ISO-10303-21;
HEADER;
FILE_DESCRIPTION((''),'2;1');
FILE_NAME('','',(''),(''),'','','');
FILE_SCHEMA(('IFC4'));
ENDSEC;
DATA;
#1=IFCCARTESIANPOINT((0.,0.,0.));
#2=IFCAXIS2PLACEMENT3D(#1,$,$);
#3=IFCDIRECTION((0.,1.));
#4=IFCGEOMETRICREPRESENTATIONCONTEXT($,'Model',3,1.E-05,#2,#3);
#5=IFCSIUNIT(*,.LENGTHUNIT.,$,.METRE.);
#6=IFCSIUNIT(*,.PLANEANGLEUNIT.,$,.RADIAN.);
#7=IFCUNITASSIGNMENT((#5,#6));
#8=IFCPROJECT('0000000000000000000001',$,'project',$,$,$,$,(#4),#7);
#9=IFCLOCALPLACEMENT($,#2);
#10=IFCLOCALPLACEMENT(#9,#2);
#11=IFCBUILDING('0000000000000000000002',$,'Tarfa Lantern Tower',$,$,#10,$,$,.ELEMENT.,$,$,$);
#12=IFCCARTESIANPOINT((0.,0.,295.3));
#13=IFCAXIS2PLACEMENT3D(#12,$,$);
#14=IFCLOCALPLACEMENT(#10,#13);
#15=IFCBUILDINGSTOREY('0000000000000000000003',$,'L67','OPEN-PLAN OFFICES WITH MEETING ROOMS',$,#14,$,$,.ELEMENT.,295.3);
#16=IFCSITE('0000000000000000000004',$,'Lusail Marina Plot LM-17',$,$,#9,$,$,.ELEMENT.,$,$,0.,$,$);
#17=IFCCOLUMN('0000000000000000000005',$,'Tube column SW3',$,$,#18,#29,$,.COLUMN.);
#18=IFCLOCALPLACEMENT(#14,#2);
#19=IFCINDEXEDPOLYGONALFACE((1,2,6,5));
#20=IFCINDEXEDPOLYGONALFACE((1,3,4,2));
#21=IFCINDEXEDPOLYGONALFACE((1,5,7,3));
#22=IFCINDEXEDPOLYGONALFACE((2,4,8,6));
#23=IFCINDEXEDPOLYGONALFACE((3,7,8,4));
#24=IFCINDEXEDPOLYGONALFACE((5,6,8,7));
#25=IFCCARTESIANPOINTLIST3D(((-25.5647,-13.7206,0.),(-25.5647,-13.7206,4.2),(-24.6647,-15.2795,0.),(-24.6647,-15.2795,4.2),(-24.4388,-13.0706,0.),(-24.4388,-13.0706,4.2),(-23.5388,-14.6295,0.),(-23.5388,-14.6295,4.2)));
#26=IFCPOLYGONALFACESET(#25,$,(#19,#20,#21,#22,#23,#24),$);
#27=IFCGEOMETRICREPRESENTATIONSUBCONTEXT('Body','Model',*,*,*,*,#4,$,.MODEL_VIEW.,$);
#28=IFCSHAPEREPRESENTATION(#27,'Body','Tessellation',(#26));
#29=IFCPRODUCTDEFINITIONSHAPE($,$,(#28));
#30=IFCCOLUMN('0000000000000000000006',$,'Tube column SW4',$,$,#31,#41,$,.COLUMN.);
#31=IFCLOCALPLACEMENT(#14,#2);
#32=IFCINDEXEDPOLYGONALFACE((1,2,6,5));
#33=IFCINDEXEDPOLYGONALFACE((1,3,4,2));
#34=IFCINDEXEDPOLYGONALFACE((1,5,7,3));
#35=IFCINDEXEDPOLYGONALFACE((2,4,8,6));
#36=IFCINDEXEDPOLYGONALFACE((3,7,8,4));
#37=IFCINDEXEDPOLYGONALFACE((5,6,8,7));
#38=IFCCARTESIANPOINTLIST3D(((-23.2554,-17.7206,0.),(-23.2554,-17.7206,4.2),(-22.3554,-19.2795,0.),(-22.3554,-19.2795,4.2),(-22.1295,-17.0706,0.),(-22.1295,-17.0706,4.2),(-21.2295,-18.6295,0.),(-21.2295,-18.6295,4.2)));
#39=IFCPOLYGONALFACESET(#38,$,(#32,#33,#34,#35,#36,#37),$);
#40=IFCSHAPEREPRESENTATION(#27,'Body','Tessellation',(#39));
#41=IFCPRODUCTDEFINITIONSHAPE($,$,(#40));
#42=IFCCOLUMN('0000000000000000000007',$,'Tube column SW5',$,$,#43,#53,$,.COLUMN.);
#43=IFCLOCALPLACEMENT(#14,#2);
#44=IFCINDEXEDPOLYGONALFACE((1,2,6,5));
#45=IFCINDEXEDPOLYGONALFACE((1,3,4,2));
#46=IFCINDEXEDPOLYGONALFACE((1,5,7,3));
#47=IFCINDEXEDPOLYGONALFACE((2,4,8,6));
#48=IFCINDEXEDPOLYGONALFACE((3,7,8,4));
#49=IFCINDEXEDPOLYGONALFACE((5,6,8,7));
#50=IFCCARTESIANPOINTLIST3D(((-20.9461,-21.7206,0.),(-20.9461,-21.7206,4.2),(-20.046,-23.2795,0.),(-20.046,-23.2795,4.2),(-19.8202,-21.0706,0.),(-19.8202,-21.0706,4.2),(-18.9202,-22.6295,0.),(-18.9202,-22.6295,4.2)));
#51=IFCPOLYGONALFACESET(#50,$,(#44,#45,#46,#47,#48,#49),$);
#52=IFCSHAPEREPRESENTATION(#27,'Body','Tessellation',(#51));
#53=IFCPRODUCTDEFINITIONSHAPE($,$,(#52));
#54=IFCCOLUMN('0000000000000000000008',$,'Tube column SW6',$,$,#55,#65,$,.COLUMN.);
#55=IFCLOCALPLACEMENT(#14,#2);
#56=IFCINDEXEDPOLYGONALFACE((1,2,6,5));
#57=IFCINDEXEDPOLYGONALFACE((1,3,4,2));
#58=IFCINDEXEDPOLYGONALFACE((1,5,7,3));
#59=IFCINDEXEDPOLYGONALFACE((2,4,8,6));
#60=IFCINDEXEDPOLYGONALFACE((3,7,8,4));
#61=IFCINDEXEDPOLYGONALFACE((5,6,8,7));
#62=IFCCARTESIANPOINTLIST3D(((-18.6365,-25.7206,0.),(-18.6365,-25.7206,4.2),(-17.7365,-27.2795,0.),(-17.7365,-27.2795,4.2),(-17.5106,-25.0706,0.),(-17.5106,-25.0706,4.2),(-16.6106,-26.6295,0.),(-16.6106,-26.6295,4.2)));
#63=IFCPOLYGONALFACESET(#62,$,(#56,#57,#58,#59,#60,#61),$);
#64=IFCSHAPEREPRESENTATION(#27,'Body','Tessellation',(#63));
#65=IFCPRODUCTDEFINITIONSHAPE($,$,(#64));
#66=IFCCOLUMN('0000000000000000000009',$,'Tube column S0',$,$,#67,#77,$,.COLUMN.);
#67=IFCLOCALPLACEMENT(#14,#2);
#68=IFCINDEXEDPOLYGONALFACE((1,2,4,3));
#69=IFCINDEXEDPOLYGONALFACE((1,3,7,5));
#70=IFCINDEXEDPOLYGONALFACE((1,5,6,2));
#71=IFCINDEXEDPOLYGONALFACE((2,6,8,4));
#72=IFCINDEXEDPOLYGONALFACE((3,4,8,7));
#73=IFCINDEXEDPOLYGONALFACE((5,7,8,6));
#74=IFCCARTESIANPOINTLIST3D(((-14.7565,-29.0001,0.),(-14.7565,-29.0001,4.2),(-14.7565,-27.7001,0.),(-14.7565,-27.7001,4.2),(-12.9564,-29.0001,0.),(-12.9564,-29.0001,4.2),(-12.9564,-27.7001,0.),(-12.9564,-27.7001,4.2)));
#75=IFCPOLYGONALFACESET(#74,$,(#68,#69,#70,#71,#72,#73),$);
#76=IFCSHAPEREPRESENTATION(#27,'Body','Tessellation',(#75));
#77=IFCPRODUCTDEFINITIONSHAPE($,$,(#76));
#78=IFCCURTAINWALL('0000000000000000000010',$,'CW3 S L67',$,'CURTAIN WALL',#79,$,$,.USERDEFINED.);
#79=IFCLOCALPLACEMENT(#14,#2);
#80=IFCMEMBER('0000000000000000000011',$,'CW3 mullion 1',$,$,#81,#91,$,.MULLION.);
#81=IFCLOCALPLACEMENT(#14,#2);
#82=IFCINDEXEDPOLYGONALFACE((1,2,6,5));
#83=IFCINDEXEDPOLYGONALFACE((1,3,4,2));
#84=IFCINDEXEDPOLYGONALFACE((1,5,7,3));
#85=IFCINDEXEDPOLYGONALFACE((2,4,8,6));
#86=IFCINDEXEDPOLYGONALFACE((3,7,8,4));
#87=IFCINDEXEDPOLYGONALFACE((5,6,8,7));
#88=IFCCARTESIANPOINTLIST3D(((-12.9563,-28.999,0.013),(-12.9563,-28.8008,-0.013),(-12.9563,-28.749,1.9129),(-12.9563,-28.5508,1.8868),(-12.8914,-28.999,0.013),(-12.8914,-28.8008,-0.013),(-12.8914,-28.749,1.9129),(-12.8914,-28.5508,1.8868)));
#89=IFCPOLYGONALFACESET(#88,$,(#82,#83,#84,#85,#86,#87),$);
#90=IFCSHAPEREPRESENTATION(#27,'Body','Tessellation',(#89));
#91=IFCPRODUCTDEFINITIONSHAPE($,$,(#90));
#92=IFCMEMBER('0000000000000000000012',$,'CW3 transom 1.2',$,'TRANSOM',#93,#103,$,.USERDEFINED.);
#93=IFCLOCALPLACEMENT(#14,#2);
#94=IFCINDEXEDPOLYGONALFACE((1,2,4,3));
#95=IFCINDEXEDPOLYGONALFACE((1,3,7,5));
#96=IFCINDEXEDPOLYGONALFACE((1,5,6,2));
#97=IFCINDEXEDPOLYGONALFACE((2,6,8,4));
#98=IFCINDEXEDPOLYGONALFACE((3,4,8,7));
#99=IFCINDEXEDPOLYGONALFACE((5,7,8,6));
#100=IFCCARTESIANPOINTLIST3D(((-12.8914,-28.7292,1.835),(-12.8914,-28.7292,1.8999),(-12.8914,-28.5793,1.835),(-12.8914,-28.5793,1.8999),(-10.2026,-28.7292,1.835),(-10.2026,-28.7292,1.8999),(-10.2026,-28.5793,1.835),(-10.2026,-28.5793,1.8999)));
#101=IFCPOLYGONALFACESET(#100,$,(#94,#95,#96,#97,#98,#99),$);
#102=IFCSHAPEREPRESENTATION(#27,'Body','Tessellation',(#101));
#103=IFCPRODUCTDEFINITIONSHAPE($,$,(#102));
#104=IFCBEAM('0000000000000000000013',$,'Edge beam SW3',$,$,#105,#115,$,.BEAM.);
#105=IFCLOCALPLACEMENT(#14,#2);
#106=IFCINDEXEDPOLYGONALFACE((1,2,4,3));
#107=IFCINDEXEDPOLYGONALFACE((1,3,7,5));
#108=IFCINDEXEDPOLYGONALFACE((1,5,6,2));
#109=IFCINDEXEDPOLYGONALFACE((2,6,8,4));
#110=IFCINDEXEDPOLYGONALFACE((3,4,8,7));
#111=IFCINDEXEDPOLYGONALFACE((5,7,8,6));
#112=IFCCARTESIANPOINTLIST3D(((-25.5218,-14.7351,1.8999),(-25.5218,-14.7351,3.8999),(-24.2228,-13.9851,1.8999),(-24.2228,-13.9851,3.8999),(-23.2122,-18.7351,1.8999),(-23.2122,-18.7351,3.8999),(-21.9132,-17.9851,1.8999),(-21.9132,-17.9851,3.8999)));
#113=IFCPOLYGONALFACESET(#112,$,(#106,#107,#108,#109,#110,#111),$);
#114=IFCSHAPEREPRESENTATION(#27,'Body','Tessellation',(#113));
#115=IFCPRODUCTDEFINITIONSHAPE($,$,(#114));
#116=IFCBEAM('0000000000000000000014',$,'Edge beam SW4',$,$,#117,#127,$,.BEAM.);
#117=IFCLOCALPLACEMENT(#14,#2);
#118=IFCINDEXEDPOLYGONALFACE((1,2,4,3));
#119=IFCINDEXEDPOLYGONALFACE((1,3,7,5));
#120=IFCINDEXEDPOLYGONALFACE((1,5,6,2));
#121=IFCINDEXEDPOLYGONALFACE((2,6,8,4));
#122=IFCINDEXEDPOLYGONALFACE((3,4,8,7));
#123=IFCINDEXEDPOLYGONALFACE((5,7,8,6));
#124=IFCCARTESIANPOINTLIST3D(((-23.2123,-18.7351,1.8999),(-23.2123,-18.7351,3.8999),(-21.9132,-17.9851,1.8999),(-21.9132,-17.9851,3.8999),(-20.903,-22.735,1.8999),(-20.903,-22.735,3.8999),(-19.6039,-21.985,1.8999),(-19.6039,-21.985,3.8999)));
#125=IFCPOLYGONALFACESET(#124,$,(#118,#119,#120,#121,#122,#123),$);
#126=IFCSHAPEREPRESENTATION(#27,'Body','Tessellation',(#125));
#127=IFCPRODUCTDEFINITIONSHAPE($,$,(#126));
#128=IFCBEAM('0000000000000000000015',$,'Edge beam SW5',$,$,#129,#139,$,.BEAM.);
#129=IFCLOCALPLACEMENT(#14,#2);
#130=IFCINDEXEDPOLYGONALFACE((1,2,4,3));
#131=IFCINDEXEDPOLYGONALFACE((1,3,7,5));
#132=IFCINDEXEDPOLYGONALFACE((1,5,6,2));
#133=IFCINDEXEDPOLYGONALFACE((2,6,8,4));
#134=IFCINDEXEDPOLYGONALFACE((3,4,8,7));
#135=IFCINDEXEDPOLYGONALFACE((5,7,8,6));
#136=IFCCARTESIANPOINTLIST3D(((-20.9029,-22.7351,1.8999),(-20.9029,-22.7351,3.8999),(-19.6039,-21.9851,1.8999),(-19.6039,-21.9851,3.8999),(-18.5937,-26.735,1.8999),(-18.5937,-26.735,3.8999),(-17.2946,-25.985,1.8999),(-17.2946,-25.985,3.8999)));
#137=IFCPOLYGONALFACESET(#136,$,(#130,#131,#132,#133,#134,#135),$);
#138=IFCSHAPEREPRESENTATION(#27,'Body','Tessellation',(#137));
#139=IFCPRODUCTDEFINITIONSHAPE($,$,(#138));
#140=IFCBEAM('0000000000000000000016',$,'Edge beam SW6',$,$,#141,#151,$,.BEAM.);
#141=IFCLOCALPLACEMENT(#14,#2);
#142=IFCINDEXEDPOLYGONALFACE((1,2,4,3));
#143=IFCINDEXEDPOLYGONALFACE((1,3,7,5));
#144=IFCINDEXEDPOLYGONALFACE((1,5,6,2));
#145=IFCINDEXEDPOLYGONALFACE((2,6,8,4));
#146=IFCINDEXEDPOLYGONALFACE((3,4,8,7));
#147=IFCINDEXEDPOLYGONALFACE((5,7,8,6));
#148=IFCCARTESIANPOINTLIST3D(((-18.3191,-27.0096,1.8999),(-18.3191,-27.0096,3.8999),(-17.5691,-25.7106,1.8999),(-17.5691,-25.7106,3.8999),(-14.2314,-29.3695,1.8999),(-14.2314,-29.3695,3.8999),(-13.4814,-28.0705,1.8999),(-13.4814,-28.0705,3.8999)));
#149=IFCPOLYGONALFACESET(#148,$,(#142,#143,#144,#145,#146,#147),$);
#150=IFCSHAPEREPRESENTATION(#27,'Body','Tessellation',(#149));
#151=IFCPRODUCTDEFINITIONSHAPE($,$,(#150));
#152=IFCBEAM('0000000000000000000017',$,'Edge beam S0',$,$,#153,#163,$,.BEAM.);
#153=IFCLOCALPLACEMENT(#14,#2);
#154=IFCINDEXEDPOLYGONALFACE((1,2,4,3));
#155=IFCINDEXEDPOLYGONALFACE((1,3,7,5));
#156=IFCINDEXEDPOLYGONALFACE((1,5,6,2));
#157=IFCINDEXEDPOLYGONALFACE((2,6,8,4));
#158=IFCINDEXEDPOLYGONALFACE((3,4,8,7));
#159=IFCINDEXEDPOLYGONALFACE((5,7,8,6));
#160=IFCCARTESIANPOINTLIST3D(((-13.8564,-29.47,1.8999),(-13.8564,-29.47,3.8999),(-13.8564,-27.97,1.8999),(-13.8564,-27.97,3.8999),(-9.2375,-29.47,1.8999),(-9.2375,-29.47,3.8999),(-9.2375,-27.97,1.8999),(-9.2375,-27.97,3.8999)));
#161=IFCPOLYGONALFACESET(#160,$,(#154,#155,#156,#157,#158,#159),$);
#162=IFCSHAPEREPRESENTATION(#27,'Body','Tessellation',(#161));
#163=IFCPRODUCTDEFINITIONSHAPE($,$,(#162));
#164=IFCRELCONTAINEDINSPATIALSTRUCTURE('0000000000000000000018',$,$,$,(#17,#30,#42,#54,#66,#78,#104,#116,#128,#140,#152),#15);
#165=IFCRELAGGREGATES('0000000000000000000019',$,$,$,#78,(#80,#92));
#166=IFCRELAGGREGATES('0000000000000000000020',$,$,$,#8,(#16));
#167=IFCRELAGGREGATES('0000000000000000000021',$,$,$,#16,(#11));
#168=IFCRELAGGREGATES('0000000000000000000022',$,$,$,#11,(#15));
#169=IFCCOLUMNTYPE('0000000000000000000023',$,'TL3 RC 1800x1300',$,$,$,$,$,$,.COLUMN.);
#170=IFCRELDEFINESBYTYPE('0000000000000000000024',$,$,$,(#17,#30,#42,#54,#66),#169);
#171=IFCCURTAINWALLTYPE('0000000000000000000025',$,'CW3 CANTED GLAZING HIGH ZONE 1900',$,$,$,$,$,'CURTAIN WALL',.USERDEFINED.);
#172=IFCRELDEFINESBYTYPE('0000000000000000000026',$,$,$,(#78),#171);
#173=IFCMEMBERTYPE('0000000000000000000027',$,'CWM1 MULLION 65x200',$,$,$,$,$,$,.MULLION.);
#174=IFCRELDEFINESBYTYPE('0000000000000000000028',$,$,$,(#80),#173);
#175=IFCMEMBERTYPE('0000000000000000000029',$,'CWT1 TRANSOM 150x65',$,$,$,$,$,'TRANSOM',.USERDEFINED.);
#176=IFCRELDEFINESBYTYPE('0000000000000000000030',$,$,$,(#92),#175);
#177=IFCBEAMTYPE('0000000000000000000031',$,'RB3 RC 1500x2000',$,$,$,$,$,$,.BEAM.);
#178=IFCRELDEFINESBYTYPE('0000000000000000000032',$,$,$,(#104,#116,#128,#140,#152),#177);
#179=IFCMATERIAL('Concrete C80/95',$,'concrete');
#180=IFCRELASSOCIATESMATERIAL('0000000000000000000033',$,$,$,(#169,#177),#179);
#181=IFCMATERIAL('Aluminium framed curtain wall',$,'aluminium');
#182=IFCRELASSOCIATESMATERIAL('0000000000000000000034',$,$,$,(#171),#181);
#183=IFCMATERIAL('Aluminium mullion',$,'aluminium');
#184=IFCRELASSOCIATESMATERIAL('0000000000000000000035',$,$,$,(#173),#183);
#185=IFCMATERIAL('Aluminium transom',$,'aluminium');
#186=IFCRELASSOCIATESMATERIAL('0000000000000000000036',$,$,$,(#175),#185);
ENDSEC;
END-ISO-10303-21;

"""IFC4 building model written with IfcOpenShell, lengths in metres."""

from ifc_helpers import new_model, si_unit, direction, frame, origin, origin_2d, place, context, subcontext, project, spatial, rectangle, extrude, material, material_profile, profile_set, type_object, element, aggregate, save


model = new_model("IFC4")

# Units and contexts
model_context = context("Model", 3, precision=1e-05, world=origin(), true_north=direction((0.0, 1.0)))
body_context = subcontext(model_context, "Body", "Model", "MODEL_VIEW")
ifc_project = project(units=[si_unit("LENGTHUNIT", "METRE"), si_unit("PLANEANGLEUNIT", "RADIAN")], contexts=[model_context])

# Site, building, storey
site_placement = place(None, origin())
site = spatial("IfcSite", under=ifc_project, at=site_placement, Name="Lusail Marina Plot LM-17", CompositionType="ELEMENT", RefElevation=0.0)
building_placement = place(site_placement, origin())
building = spatial("IfcBuilding", under=site, at=building_placement, Name="Tarfa Lantern Tower", CompositionType="ELEMENT")
storey_placement = place(building_placement, frame((0.0, 0.0, 295.3)))
storey = spatial("IfcBuildingStorey", under=building, at=storey_placement, Name="L67", Description="OPEN-PLAN OFFICES WITH MEETING ROOMS", CompositionType="ELEMENT", Elevation=295.3)

# Columns
ifc_material_1 = material(Name="Concrete C80/95", Category="concrete")
ifc_material_profile_1 = material_profile(ifc_material_1, rectangle(XDim=1.8, YDim=1.3, at=origin_2d()), Name="RC 1800x1300")
ifc_profile_set_1 = profile_set([ifc_material_profile_1], Name="Concrete C80/95")
column_type = type_object("IfcColumnType", Name="TL3 RC 1800x1300", PredefinedType="COLUMN", material=ifc_profile_set_1)
for number, where, z_axis, x_axis, name in (
    (1, (-24.5518, -14.175, 0.0), (0.0, 0.0, 1.0), (0.5, -0.866025, 0.0), "Tube column SW3"),
    (2, (-22.2424, -18.175, 0.0), (0.0, 0.0, 1.0), (0.5, -0.866025, 0.0), "Tube column SW4"),
    (3, (-19.9331, -22.175, 0.0), (0.0, 0.0, 1.0), (0.5, -0.866025, 0.0), "Tube column SW5"),
    (4, (-17.6235, -26.175, 0.0), (0.0, 0.0, 1.0), (0.5, -0.866025, 0.0), "Tube column SW6"),
    (5, (-13.8564, -28.3501, 0.0), (0.0, 0.0, 1.0), (1.0, 0.0, 0.0), "Tube column S0"),
):
    element("IfcColumn", number, at=place(storey_placement, frame(where, z_axis=z_axis, x_axis=x_axis)), inside=storey, type_object=column_type, Name=name, PredefinedType="COLUMN", context=body_context, shape_type="SweptSolid", body=[
        extrude(rectangle(XDim=1.8, YDim=1.3, at=origin_2d()), origin(), (0.0, 0.0, 1.0), 4.2),
    ])

# Curtain wall, members
ifc_material_2 = material(Name="Aluminium framed curtain wall", Category="aluminium")
curtain_wall_type = type_object("IfcCurtainWallType", Name="CW3 CANTED GLAZING HIGH ZONE 1900", ElementType="CURTAIN WALL", PredefinedType="USERDEFINED", material=ifc_material_2)
curtain_wall_placement = place(storey_placement, origin())
curtain_wall = element("IfcCurtainWall", 6, at=curtain_wall_placement, inside=storey, type_object=curtain_wall_type, Name="CW3 S L67", ObjectType="CURTAIN WALL", PredefinedType="USERDEFINED")
ifc_material_3 = material(Name="Aluminium mullion", Category="aluminium")
ifc_material_profile_2 = material_profile(ifc_material_3, rectangle(XDim=0.0649, YDim=0.2, at=origin_2d()), Name="AL MULLION 65x200")
ifc_profile_set_2 = profile_set([ifc_material_profile_2], Name="Aluminium mullion")
member_type_1 = type_object("IfcMemberType", Name="CWM1 MULLION 65x200", PredefinedType="MULLION", material=ifc_profile_set_2)
member_1_placement = place(storey_placement, frame((-12.9238, -28.8999, 0.0), z_axis=(0.0, 0.130461, 0.991453), x_axis=(-1.0, 0.0, 0.0)))
member_1 = element("IfcMember", 7, at=member_1_placement, type_object=member_type_1, Name="CW3 mullion 1", PredefinedType="MULLION", context=body_context, shape_type="SweptSolid", body=[
    extrude(rectangle(XDim=0.0649, YDim=0.2, at=origin_2d()), origin(), (0.0, 0.0, 1.0), 1.9163),
])
ifc_material_4 = material(Name="Aluminium transom", Category="aluminium")
ifc_material_profile_3 = material_profile(ifc_material_4, rectangle(XDim=0.1499, YDim=0.0649, at=origin_2d()), Name="AL TRANSOM 150x65")
ifc_profile_set_3 = profile_set([ifc_material_profile_3], Name="Aluminium transom")
member_type_2 = type_object("IfcMemberType", Name="CWT1 TRANSOM 150x65", ElementType="TRANSOM", PredefinedType="USERDEFINED", material=ifc_profile_set_3)
member_2_placement = place(storey_placement, frame((-12.8914, -28.6543, 1.8674), z_axis=(1.0, 0.0, 0.0), x_axis=(0.0, 1.0, 0.0)))
member_2 = element("IfcMember", 8, at=member_2_placement, type_object=member_type_2, Name="CW3 transom 1.2", ObjectType="TRANSOM", PredefinedType="USERDEFINED", context=body_context, shape_type="SweptSolid", body=[
    extrude(rectangle(XDim=0.1499, YDim=0.0649, at=origin_2d()), origin(), (0.0, 0.0, 1.0), 2.6887),
])

# Beams
ifc_material_profile_4 = material_profile(ifc_material_1, rectangle(XDim=1.5, YDim=2.0, at=origin_2d()), Name="RC 1500x2000")
ifc_profile_set_4 = profile_set([ifc_material_profile_4], Name="Concrete C80/95")
beam_type_1 = type_object("IfcBeamType", Name="RB3 RC 1500x2000", PredefinedType="BEAM", material=ifc_profile_set_4)
beam_1_placement = place(storey_placement, frame((-24.8723, -14.3601, 2.8999), z_axis=(0.500027, -0.86601, 0.0), x_axis=(0.86601, 0.500027, 0.0)))
element("IfcBeam", 9, at=beam_1_placement, inside=storey, type_object=beam_type_1, Name="Edge beam SW3", PredefinedType="BEAM", context=body_context, shape_type="SweptSolid", body=[
    extrude(rectangle(XDim=1.5, YDim=2.0, at=origin_2d()), origin(), (0.0, 0.0, 1.0), 4.6189),
])
for number, where, z_axis, x_axis, name in (
    (10, (-22.5627, -18.3601, 2.8999), (0.499988, -0.866032, 0.0), (0.866032, 0.499988, 0.0), "Edge beam SW4"),
    (11, (-20.2534, -22.3601, 2.8999), (0.499988, -0.866032, 0.0), (0.866032, 0.499988, 0.0), "Edge beam SW5"),
):
    element("IfcBeam", number, at=place(storey_placement, frame(where, z_axis=z_axis, x_axis=x_axis)), inside=storey, type_object=beam_type_1, Name=name, PredefinedType="BEAM", context=body_context, shape_type="SweptSolid", body=[
        extrude(rectangle(XDim=1.5, YDim=2.0, at=origin_2d()), origin(), (0.0, 0.0, 1.0), 4.6187),
    ])
beam_2_placement = place(storey_placement, frame((-17.9441, -26.3601, 2.8999), z_axis=(0.866038, -0.499978, 0.0), x_axis=(0.499978, 0.866038, 0.0)))
element("IfcBeam", 12, at=beam_2_placement, inside=storey, type_object=beam_type_1, Name="Edge beam SW6", PredefinedType="BEAM", context=body_context, shape_type="SweptSolid", body=[
    extrude(rectangle(XDim=1.5, YDim=2.0, at=origin_2d()), origin(), (0.0, 0.0, 1.0), 4.72),
])
beam_3_placement = place(storey_placement, frame((-13.8564, -28.72, 2.8999), z_axis=(1.0, 0.0, 0.0), x_axis=(0.0, 1.0, 0.0)))
element("IfcBeam", 13, at=beam_3_placement, inside=storey, type_object=beam_type_1, Name="Edge beam S0", PredefinedType="BEAM", context=body_context, shape_type="SweptSolid", body=[
    extrude(rectangle(XDim=1.5, YDim=2.0, at=origin_2d()), origin(), (0.0, 0.0, 1.0), 4.6189),
])

aggregate(curtain_wall, [member_1, member_2])

save(model, "model.ifc")
